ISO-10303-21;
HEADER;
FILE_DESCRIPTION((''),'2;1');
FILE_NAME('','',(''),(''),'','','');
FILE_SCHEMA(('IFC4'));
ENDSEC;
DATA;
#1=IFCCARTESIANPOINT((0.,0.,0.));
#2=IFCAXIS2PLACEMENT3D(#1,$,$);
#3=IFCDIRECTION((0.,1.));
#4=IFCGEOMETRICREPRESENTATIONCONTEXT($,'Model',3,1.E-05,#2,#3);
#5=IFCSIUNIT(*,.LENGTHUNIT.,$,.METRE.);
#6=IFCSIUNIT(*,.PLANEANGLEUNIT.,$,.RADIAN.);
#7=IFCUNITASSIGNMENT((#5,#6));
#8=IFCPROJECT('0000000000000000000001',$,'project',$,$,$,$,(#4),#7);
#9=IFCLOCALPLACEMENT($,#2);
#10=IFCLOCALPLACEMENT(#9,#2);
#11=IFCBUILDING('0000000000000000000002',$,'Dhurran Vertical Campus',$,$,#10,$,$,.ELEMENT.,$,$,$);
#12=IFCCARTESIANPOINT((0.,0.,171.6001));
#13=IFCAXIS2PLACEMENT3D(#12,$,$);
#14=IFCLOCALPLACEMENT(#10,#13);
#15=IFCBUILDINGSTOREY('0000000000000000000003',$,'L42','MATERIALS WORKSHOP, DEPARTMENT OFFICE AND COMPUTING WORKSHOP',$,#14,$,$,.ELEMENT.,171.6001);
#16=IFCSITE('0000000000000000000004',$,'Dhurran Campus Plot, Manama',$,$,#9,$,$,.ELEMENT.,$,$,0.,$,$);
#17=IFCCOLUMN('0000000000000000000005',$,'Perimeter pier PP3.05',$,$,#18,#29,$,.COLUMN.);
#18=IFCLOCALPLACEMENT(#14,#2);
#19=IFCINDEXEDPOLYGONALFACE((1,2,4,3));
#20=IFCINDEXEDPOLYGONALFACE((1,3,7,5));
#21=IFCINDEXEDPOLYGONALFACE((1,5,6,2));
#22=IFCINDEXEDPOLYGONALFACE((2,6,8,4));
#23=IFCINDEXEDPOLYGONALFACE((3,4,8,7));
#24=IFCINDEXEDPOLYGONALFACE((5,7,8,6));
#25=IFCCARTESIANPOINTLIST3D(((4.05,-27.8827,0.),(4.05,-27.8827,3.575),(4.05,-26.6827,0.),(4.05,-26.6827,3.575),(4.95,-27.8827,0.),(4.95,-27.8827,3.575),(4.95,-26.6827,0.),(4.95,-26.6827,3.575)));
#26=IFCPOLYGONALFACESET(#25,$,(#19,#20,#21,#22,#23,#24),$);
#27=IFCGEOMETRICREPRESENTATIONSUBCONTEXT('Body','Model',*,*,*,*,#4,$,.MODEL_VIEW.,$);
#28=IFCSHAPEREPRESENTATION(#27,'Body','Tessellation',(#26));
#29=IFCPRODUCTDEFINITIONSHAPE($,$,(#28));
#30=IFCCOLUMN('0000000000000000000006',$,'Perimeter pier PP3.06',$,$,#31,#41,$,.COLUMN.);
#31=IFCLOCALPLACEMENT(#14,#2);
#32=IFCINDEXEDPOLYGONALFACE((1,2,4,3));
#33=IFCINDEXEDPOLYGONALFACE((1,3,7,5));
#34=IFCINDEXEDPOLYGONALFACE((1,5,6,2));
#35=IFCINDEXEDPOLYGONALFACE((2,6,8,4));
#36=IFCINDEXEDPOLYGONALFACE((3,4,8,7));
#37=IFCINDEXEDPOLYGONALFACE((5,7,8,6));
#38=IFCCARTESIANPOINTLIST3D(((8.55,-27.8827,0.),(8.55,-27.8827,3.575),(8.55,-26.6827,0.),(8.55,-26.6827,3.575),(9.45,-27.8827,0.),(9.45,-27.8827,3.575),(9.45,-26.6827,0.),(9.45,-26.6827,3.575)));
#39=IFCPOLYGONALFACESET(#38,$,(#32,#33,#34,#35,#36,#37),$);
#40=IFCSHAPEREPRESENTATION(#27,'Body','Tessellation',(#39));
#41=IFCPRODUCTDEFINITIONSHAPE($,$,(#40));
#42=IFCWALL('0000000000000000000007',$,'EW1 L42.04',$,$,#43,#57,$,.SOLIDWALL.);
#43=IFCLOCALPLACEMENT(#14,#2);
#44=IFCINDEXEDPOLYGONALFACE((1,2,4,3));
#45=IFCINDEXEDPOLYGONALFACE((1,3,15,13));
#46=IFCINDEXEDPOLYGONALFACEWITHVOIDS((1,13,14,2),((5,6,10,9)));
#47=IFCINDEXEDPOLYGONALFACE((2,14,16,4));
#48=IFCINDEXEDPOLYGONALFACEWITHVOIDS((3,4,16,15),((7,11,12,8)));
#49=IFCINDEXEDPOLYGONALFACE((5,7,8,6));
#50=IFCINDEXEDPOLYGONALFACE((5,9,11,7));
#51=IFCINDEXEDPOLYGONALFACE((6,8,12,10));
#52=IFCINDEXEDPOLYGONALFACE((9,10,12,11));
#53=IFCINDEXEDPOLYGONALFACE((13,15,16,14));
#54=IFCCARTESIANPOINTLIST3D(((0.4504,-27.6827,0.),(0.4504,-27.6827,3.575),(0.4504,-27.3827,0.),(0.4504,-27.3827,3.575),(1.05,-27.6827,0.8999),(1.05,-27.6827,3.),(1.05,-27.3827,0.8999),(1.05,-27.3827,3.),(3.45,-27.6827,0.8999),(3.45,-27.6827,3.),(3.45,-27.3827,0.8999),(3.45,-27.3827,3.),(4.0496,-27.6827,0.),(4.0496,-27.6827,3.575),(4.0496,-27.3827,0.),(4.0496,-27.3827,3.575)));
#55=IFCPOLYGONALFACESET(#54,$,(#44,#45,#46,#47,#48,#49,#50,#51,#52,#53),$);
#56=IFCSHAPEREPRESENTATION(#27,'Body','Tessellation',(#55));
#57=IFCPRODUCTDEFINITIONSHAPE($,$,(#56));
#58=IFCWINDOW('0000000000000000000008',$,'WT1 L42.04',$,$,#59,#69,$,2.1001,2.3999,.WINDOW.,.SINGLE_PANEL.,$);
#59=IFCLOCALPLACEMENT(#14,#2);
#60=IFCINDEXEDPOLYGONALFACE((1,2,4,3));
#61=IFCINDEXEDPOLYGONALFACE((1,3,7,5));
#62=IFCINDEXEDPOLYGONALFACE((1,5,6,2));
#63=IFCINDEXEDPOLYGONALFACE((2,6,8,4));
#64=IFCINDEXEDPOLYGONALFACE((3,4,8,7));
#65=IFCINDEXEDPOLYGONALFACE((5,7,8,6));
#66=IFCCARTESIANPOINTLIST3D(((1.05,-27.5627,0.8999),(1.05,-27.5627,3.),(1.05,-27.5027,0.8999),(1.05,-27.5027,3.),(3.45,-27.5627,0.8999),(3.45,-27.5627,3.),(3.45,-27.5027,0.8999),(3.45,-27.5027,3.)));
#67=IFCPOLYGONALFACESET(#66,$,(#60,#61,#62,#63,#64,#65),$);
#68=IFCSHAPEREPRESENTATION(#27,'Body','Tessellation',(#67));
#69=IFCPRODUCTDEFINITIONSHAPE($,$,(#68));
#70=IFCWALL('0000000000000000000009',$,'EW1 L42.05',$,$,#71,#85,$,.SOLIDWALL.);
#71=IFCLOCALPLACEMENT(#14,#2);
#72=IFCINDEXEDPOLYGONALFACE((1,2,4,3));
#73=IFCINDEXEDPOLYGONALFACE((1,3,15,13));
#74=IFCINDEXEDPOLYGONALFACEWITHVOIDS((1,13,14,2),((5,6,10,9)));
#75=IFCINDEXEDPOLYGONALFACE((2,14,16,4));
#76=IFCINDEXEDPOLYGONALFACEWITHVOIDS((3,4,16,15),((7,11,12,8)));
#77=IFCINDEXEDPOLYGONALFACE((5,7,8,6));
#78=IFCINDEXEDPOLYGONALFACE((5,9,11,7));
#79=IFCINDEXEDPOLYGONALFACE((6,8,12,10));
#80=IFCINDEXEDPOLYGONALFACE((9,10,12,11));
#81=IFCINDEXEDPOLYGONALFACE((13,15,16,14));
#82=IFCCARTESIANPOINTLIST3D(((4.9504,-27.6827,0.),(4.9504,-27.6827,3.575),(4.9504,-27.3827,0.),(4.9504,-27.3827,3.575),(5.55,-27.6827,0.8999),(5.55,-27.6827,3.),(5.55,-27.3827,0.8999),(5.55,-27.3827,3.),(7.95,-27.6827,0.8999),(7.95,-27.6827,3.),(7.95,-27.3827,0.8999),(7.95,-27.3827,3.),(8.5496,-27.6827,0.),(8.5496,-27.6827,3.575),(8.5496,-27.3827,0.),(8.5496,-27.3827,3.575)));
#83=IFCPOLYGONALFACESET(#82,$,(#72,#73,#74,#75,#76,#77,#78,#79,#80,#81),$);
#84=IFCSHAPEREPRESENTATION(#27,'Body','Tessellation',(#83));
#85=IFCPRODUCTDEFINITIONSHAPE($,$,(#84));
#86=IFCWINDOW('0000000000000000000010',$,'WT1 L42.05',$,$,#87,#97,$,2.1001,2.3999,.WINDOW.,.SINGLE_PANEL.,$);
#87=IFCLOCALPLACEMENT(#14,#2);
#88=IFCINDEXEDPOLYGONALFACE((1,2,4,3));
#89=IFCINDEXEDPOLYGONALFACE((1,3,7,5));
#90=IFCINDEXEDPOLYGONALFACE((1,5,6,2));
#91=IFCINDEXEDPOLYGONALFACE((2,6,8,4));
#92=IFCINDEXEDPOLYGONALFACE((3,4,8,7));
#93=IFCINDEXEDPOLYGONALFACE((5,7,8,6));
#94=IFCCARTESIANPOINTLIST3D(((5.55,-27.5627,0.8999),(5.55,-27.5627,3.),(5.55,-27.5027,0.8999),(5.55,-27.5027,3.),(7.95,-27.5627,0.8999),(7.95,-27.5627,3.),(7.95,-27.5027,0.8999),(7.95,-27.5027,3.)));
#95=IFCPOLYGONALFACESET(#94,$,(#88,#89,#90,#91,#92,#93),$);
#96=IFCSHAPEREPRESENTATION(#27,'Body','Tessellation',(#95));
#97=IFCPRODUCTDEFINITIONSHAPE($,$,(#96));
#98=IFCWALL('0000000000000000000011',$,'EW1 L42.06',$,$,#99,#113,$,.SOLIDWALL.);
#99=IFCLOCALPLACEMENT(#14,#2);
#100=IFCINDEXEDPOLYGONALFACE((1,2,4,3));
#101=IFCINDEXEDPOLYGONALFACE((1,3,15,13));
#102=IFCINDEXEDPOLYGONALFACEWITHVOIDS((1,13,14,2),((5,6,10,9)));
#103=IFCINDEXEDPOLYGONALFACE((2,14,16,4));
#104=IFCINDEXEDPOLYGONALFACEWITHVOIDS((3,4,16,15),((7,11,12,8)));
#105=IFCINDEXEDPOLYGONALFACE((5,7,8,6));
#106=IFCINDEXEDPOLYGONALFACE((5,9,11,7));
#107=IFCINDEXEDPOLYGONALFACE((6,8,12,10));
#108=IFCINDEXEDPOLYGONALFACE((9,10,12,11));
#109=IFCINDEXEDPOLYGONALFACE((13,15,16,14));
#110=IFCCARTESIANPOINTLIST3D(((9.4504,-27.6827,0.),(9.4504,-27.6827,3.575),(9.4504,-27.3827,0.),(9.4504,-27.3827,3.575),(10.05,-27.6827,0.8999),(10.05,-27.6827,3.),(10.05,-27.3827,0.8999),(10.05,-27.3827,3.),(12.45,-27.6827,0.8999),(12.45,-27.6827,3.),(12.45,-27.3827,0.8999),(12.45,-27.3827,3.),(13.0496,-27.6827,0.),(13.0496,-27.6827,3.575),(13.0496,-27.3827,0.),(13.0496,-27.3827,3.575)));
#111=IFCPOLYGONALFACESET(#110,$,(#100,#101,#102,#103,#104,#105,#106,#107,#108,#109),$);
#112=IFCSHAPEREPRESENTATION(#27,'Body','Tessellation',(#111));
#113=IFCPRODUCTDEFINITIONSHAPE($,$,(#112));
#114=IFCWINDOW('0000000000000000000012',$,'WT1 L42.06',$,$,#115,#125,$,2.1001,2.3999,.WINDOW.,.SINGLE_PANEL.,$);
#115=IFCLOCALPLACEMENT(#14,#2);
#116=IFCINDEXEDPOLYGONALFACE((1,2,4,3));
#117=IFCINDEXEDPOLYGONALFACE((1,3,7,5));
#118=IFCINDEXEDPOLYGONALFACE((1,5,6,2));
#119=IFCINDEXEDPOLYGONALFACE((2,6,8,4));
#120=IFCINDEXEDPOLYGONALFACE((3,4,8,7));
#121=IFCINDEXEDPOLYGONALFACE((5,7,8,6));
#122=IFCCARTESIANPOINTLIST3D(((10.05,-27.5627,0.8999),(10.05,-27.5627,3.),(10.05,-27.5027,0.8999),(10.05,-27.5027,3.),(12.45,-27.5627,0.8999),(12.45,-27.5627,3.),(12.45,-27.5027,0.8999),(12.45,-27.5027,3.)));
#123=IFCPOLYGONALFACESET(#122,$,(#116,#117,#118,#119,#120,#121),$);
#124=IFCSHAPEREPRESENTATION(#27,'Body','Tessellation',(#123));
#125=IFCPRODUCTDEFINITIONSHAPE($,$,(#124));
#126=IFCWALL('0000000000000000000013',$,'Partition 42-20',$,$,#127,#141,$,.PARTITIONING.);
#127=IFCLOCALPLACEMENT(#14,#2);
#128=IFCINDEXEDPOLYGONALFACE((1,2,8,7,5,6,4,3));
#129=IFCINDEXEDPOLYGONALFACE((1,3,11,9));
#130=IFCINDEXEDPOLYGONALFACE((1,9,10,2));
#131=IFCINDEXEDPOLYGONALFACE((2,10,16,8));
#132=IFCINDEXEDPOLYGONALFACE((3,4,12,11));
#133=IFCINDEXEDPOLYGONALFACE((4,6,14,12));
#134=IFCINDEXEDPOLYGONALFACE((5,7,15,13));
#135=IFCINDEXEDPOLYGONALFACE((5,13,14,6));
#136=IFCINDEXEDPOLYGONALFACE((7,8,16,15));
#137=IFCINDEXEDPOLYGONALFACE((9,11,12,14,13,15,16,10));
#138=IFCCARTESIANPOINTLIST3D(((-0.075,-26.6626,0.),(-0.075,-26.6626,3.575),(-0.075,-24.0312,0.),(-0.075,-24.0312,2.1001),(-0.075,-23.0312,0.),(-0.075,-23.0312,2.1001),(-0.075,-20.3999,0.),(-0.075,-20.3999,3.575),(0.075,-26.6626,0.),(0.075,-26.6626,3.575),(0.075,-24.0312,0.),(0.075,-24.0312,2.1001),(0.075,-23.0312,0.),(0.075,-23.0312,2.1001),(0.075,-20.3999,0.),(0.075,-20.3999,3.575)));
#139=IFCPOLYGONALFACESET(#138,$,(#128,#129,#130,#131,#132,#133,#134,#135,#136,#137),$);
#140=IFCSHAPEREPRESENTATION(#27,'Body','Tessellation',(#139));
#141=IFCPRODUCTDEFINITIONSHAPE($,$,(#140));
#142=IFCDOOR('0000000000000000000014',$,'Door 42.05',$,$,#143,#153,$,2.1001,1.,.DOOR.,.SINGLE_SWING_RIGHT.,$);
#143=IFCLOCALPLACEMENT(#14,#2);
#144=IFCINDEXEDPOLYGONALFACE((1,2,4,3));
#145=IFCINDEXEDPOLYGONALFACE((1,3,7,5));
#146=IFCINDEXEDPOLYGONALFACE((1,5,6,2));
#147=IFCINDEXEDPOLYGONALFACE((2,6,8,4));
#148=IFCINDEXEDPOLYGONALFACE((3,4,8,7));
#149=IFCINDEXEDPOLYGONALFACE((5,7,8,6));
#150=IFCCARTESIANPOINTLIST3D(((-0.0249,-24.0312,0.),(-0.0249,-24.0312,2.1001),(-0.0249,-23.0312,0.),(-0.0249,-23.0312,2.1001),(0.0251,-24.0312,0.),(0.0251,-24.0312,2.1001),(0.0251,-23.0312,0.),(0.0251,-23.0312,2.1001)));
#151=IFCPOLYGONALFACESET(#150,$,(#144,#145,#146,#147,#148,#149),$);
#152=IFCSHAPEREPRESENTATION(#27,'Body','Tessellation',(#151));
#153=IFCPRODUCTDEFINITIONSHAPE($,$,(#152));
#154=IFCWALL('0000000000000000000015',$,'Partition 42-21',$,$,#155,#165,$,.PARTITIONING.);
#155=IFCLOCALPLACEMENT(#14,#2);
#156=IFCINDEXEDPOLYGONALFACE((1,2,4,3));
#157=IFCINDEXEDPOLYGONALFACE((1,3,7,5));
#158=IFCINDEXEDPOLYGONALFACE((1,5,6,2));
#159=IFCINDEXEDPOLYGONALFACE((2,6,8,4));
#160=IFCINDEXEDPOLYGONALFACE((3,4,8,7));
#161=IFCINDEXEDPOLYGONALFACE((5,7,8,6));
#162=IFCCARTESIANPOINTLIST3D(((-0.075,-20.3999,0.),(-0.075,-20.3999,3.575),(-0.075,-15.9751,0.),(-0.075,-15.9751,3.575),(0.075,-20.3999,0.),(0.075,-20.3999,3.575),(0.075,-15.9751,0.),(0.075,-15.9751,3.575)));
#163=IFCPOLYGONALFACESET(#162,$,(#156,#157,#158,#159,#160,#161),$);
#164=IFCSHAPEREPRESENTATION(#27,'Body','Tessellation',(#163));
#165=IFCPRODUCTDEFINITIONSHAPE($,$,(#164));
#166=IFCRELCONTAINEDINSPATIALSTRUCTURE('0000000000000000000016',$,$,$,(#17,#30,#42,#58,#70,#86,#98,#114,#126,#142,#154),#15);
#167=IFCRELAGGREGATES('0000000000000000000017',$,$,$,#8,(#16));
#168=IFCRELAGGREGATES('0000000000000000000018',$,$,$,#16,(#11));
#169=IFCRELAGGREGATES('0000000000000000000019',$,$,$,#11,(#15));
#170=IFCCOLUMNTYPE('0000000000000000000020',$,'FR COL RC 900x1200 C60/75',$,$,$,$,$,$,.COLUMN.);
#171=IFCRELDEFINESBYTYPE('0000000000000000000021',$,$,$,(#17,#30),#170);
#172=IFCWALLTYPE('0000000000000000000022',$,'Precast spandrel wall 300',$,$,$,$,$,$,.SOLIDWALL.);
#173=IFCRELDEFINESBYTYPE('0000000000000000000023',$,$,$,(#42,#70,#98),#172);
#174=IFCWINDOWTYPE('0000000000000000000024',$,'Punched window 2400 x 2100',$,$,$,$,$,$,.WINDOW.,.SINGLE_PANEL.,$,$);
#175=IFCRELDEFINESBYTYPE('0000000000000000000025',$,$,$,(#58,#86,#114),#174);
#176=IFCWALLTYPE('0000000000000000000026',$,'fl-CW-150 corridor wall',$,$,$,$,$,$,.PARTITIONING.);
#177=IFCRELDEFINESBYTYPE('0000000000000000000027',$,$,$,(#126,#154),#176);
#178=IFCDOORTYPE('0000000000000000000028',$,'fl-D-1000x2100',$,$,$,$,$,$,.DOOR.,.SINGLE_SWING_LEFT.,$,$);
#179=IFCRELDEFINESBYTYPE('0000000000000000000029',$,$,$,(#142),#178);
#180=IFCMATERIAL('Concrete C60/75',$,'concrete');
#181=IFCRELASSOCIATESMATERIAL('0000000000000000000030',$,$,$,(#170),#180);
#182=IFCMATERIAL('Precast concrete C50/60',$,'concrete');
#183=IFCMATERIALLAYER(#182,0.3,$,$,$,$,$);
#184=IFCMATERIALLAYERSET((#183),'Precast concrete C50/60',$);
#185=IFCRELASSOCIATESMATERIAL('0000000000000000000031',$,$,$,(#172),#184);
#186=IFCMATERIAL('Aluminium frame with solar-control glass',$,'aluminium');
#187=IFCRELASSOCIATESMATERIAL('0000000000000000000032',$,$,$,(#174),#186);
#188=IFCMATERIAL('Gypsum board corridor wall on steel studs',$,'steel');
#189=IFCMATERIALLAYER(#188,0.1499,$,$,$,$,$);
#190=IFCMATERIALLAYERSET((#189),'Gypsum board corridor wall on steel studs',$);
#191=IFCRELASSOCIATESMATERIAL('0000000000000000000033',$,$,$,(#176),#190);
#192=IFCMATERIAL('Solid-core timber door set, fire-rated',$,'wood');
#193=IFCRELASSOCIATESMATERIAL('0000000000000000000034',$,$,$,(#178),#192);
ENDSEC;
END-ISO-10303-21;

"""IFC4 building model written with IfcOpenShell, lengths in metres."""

from ifc_helpers import new_model, si_unit, direction, frame, frame_2d, origin, origin_2d, place, context, subcontext, project, spatial, rectangle, extrude, material, layer, layer_set, material_profile, profile_set, type_object, element, fill, save


model = new_model("IFC4")

# Units and contexts
model_context = context("Model", 3, precision=1e-05, world=origin(), true_north=direction((0.0, 1.0)))
body_context = subcontext(model_context, "Body", "Model", "MODEL_VIEW")
ifc_project = project(units=[si_unit("LENGTHUNIT", "METRE"), si_unit("PLANEANGLEUNIT", "RADIAN")], contexts=[model_context])

# Site, building, storey
site_placement = place(None, origin())
site = spatial("IfcSite", under=ifc_project, at=site_placement, Name="Dhurran Campus Plot, Manama", CompositionType="ELEMENT", RefElevation=0.0)
building_placement = place(site_placement, origin())
building = spatial("IfcBuilding", under=site, at=building_placement, Name="Dhurran Vertical Campus", CompositionType="ELEMENT")
storey_placement = place(building_placement, frame((0.0, 0.0, 171.6001)))
storey = spatial("IfcBuildingStorey", under=building, at=storey_placement, Name="L42", Description="MATERIALS WORKSHOP, DEPARTMENT OFFICE AND COMPUTING WORKSHOP", CompositionType="ELEMENT", Elevation=171.6001)

# Columns
ifc_material_1 = material(Name="Concrete C60/75", Category="concrete")
ifc_material_profile = material_profile(ifc_material_1, rectangle(XDim=0.8999, YDim=1.2, at=origin_2d()), Name="RC 900x1200")
ifc_profile_set = profile_set([ifc_material_profile], Name="Concrete C60/75")
column_type = type_object("IfcColumnType", Name="FR COL RC 900x1200 C60/75", PredefinedType="COLUMN", material=ifc_profile_set)
for number, where, z_axis, x_axis, name in (
    (1, (4.5, -27.2827, 0.0), (0.0, 0.0, 1.0), (1.0, 0.0, 0.0), "Perimeter pier PP3.05"),
    (2, (9.0, -27.2827, 0.0), (0.0, 0.0, 1.0), (1.0, 0.0, 0.0), "Perimeter pier PP3.06"),
):
    element("IfcColumn", number, at=place(storey_placement, frame(where, z_axis=z_axis, x_axis=x_axis)), inside=storey, type_object=column_type, Name=name, PredefinedType="COLUMN", context=body_context, shape_type="SweptSolid", body=[
        extrude(rectangle(XDim=0.8999, YDim=1.2, at=origin_2d()), origin(), (0.0, 0.0, 1.0), 3.575),
    ])

# Walls, openings, windows
ifc_material_2 = material(Name="Precast concrete C50/60", Category="concrete")
ifc_layer_1 = layer(ifc_material_2, 0.3)
ifc_layer_set_1 = layer_set([ifc_layer_1], Name="Precast concrete C50/60")
wall_type_1 = type_object("IfcWallType", Name="Precast spandrel wall 300", PredefinedType="SOLIDWALL", material=ifc_layer_set_1)
wall_1_placement = place(storey_placement, frame((0.4504, -27.5327, 0.0), z_axis=(0.0, 0.0, 1.0), x_axis=(1.0, 0.0, 0.0)))
wall_1 = element("IfcWall", 3, at=wall_1_placement, inside=storey, type_object=wall_type_1, Name="EW1 L42.04", PredefinedType="SOLIDWALL", context=body_context, shape_type="SweptSolid", body=[
    extrude(rectangle(XDim=3.5991, YDim=0.3, at=frame_2d((1.7996, 0.0))), origin(), (0.0, 0.0, 1.0), 3.575),
])
opening_1_placement = place(wall_1_placement, frame((0.5996, 0.0, 0.8999)))
opening_1 = element("IfcOpeningElement", 4, at=opening_1_placement, cuts=wall_1, PredefinedType="OPENING", context=body_context, shape_type="SweptSolid", body=[
    extrude(rectangle(XDim=2.3999, YDim=2.1001, at=frame_2d((1.2, 1.05))), frame((0.0, 0.1599, 0.0), z_axis=(0.0, -1.0, 0.0), x_axis=(1.0, 0.0, 0.0)), (0.0, 0.0, 1.0), 0.3201),
])
ifc_material_3 = material(Name="Aluminium frame with solar-control glass", Category="aluminium")
window_type = type_object("IfcWindowType", Name="Punched window 2400 x 2100", PartitioningType="SINGLE_PANEL", PredefinedType="WINDOW", material=ifc_material_3)
window_1_placement = place(opening_1_placement, origin())
window_1 = element("IfcWindow", 5, at=window_1_placement, inside=storey, type_object=window_type, Name="WT1 L42.04", OverallHeight=2.1001, OverallWidth=2.3999, PartitioningType="SINGLE_PANEL", PredefinedType="WINDOW", context=body_context, shape_type="SweptSolid", body=[
    extrude(rectangle(XDim=2.3999, YDim=2.1001, at=frame_2d((1.2, 1.05))), frame((0.0, 0.03, 0.0), z_axis=(0.0, -1.0, 0.0), x_axis=(1.0, 0.0, 0.0)), (0.0, 0.0, 1.0), 0.0601),
])
fill(opening_1, window_1)
wall_2_placement = place(storey_placement, frame((4.9504, -27.5327, 0.0), z_axis=(0.0, 0.0, 1.0), x_axis=(1.0, 0.0, 0.0)))
wall_2 = element("IfcWall", 6, at=wall_2_placement, inside=storey, type_object=wall_type_1, Name="EW1 L42.05", PredefinedType="SOLIDWALL", context=body_context, shape_type="SweptSolid", body=[
    extrude(rectangle(XDim=3.5991, YDim=0.3, at=frame_2d((1.7996, 0.0))), origin(), (0.0, 0.0, 1.0), 3.575),
])
opening_2_placement = place(wall_2_placement, frame((0.5996, 0.0, 0.8999)))
opening_2 = element("IfcOpeningElement", 7, at=opening_2_placement, cuts=wall_2, PredefinedType="OPENING", context=body_context, shape_type="SweptSolid", body=[
    extrude(rectangle(XDim=2.3999, YDim=2.1001, at=frame_2d((1.2, 1.05))), frame((0.0, 0.1599, 0.0), z_axis=(0.0, -1.0, 0.0), x_axis=(1.0, 0.0, 0.0)), (0.0, 0.0, 1.0), 0.3201),
])
window_2_placement = place(opening_2_placement, origin())
window_2 = element("IfcWindow", 8, at=window_2_placement, inside=storey, type_object=window_type, Name="WT1 L42.05", OverallHeight=2.1001, OverallWidth=2.3999, PartitioningType="SINGLE_PANEL", PredefinedType="WINDOW", context=body_context, shape_type="SweptSolid", body=[
    extrude(rectangle(XDim=2.3999, YDim=2.1001, at=frame_2d((1.2, 1.05))), frame((0.0, 0.03, 0.0), z_axis=(0.0, -1.0, 0.0), x_axis=(1.0, 0.0, 0.0)), (0.0, 0.0, 1.0), 0.0601),
])
fill(opening_2, window_2)
wall_3_placement = place(storey_placement, frame((9.4504, -27.5327, 0.0), z_axis=(0.0, 0.0, 1.0), x_axis=(1.0, 0.0, 0.0)))
wall_3 = element("IfcWall", 9, at=wall_3_placement, inside=storey, type_object=wall_type_1, Name="EW1 L42.06", PredefinedType="SOLIDWALL", context=body_context, shape_type="SweptSolid", body=[
    extrude(rectangle(XDim=3.5991, YDim=0.3, at=frame_2d((1.7996, 0.0))), origin(), (0.0, 0.0, 1.0), 3.575),
])
opening_3_placement = place(wall_3_placement, frame((0.5996, 0.0, 0.8999)))
opening_3 = element("IfcOpeningElement", 10, at=opening_3_placement, cuts=wall_3, PredefinedType="OPENING", context=body_context, shape_type="SweptSolid", body=[
    extrude(rectangle(XDim=2.3999, YDim=2.1001, at=frame_2d((1.2, 1.05))), frame((0.0, 0.1599, 0.0), z_axis=(0.0, -1.0, 0.0), x_axis=(1.0, 0.0, 0.0)), (0.0, 0.0, 1.0), 0.3201),
])
window_3_placement = place(opening_3_placement, origin())
window_3 = element("IfcWindow", 11, at=window_3_placement, inside=storey, type_object=window_type, Name="WT1 L42.06", OverallHeight=2.1001, OverallWidth=2.3999, PartitioningType="SINGLE_PANEL", PredefinedType="WINDOW", context=body_context, shape_type="SweptSolid", body=[
    extrude(rectangle(XDim=2.3999, YDim=2.1001, at=frame_2d((1.2, 1.05))), frame((0.0, 0.03, 0.0), z_axis=(0.0, -1.0, 0.0), x_axis=(1.0, 0.0, 0.0)), (0.0, 0.0, 1.0), 0.0601),
])
fill(opening_3, window_3)

# Wall, opening, door
ifc_material_4 = material(Name="Gypsum board corridor wall on steel studs", Category="steel")
ifc_layer_2 = layer(ifc_material_4, 0.1499)
ifc_layer_set_2 = layer_set([ifc_layer_2], Name="Gypsum board corridor wall on steel studs")
wall_type_2 = type_object("IfcWallType", Name="fl-CW-150 corridor wall", PredefinedType="PARTITIONING", material=ifc_layer_set_2)
wall_4_placement = place(storey_placement, frame((0.0, -26.6626, 0.0), z_axis=(0.0, 0.0, 1.0), x_axis=(0.0, 1.0, 0.0)))
wall_4 = element("IfcWall", 12, at=wall_4_placement, inside=storey, type_object=wall_type_2, Name="Partition 42-20", PredefinedType="PARTITIONING", context=body_context, shape_type="SweptSolid", body=[
    extrude(rectangle(XDim=6.2627, YDim=0.1499, at=frame_2d((3.1313, 0.0))), origin(), (0.0, 0.0, 1.0), 3.575),
])
opening_4_placement = place(wall_4_placement, frame((2.6313, 0.0, 0.0)))
opening_4 = element("IfcOpeningElement", 13, at=opening_4_placement, cuts=wall_4, PredefinedType="OPENING", context=body_context, shape_type="SweptSolid", body=[
    extrude(rectangle(XDim=1.0, YDim=2.1001, at=frame_2d((0.5, 1.05))), frame((0.0, 0.085, 0.0), z_axis=(0.0, -1.0, 0.0), x_axis=(1.0, 0.0, 0.0)), (0.0, 0.0, 1.0), 0.1699),
])
ifc_material_5 = material(Name="Solid-core timber door set, fire-rated", Category="wood")
door_type = type_object("IfcDoorType", Name="fl-D-1000x2100", OperationType="SINGLE_SWING_LEFT", PredefinedType="DOOR", material=ifc_material_5)
door_1_placement = place(opening_4_placement, origin())
door_1 = element("IfcDoor", 14, at=door_1_placement, inside=storey, type_object=door_type, Name="Door 42.05", OperationType="SINGLE_SWING_RIGHT", OverallHeight=2.1001, OverallWidth=1.0, PredefinedType="DOOR", context=body_context, shape_type="SweptSolid", body=[
    extrude(rectangle(XDim=1.0, YDim=2.1001, at=frame_2d((0.5, 1.05))), frame((0.0, 0.0249, 0.0), z_axis=(0.0, -1.0, 0.0), x_axis=(1.0, 0.0, 0.0)), (0.0, 0.0, 1.0), 0.05),
])
fill(opening_4, door_1)

# Wall
wall_5_placement = place(storey_placement, frame((0.0, -20.3999, 0.0), z_axis=(0.0, 0.0, 1.0), x_axis=(0.0, 1.0, 0.0)))
element("IfcWall", 15, at=wall_5_placement, inside=storey, type_object=wall_type_2, Name="Partition 42-21", PredefinedType="PARTITIONING", context=body_context, shape_type="SweptSolid", body=[
    extrude(rectangle(XDim=4.4248, YDim=0.1499, at=frame_2d((2.2124, 0.0))), origin(), (0.0, 0.0, 1.0), 3.575),
])

save(model, "model.ifc")
